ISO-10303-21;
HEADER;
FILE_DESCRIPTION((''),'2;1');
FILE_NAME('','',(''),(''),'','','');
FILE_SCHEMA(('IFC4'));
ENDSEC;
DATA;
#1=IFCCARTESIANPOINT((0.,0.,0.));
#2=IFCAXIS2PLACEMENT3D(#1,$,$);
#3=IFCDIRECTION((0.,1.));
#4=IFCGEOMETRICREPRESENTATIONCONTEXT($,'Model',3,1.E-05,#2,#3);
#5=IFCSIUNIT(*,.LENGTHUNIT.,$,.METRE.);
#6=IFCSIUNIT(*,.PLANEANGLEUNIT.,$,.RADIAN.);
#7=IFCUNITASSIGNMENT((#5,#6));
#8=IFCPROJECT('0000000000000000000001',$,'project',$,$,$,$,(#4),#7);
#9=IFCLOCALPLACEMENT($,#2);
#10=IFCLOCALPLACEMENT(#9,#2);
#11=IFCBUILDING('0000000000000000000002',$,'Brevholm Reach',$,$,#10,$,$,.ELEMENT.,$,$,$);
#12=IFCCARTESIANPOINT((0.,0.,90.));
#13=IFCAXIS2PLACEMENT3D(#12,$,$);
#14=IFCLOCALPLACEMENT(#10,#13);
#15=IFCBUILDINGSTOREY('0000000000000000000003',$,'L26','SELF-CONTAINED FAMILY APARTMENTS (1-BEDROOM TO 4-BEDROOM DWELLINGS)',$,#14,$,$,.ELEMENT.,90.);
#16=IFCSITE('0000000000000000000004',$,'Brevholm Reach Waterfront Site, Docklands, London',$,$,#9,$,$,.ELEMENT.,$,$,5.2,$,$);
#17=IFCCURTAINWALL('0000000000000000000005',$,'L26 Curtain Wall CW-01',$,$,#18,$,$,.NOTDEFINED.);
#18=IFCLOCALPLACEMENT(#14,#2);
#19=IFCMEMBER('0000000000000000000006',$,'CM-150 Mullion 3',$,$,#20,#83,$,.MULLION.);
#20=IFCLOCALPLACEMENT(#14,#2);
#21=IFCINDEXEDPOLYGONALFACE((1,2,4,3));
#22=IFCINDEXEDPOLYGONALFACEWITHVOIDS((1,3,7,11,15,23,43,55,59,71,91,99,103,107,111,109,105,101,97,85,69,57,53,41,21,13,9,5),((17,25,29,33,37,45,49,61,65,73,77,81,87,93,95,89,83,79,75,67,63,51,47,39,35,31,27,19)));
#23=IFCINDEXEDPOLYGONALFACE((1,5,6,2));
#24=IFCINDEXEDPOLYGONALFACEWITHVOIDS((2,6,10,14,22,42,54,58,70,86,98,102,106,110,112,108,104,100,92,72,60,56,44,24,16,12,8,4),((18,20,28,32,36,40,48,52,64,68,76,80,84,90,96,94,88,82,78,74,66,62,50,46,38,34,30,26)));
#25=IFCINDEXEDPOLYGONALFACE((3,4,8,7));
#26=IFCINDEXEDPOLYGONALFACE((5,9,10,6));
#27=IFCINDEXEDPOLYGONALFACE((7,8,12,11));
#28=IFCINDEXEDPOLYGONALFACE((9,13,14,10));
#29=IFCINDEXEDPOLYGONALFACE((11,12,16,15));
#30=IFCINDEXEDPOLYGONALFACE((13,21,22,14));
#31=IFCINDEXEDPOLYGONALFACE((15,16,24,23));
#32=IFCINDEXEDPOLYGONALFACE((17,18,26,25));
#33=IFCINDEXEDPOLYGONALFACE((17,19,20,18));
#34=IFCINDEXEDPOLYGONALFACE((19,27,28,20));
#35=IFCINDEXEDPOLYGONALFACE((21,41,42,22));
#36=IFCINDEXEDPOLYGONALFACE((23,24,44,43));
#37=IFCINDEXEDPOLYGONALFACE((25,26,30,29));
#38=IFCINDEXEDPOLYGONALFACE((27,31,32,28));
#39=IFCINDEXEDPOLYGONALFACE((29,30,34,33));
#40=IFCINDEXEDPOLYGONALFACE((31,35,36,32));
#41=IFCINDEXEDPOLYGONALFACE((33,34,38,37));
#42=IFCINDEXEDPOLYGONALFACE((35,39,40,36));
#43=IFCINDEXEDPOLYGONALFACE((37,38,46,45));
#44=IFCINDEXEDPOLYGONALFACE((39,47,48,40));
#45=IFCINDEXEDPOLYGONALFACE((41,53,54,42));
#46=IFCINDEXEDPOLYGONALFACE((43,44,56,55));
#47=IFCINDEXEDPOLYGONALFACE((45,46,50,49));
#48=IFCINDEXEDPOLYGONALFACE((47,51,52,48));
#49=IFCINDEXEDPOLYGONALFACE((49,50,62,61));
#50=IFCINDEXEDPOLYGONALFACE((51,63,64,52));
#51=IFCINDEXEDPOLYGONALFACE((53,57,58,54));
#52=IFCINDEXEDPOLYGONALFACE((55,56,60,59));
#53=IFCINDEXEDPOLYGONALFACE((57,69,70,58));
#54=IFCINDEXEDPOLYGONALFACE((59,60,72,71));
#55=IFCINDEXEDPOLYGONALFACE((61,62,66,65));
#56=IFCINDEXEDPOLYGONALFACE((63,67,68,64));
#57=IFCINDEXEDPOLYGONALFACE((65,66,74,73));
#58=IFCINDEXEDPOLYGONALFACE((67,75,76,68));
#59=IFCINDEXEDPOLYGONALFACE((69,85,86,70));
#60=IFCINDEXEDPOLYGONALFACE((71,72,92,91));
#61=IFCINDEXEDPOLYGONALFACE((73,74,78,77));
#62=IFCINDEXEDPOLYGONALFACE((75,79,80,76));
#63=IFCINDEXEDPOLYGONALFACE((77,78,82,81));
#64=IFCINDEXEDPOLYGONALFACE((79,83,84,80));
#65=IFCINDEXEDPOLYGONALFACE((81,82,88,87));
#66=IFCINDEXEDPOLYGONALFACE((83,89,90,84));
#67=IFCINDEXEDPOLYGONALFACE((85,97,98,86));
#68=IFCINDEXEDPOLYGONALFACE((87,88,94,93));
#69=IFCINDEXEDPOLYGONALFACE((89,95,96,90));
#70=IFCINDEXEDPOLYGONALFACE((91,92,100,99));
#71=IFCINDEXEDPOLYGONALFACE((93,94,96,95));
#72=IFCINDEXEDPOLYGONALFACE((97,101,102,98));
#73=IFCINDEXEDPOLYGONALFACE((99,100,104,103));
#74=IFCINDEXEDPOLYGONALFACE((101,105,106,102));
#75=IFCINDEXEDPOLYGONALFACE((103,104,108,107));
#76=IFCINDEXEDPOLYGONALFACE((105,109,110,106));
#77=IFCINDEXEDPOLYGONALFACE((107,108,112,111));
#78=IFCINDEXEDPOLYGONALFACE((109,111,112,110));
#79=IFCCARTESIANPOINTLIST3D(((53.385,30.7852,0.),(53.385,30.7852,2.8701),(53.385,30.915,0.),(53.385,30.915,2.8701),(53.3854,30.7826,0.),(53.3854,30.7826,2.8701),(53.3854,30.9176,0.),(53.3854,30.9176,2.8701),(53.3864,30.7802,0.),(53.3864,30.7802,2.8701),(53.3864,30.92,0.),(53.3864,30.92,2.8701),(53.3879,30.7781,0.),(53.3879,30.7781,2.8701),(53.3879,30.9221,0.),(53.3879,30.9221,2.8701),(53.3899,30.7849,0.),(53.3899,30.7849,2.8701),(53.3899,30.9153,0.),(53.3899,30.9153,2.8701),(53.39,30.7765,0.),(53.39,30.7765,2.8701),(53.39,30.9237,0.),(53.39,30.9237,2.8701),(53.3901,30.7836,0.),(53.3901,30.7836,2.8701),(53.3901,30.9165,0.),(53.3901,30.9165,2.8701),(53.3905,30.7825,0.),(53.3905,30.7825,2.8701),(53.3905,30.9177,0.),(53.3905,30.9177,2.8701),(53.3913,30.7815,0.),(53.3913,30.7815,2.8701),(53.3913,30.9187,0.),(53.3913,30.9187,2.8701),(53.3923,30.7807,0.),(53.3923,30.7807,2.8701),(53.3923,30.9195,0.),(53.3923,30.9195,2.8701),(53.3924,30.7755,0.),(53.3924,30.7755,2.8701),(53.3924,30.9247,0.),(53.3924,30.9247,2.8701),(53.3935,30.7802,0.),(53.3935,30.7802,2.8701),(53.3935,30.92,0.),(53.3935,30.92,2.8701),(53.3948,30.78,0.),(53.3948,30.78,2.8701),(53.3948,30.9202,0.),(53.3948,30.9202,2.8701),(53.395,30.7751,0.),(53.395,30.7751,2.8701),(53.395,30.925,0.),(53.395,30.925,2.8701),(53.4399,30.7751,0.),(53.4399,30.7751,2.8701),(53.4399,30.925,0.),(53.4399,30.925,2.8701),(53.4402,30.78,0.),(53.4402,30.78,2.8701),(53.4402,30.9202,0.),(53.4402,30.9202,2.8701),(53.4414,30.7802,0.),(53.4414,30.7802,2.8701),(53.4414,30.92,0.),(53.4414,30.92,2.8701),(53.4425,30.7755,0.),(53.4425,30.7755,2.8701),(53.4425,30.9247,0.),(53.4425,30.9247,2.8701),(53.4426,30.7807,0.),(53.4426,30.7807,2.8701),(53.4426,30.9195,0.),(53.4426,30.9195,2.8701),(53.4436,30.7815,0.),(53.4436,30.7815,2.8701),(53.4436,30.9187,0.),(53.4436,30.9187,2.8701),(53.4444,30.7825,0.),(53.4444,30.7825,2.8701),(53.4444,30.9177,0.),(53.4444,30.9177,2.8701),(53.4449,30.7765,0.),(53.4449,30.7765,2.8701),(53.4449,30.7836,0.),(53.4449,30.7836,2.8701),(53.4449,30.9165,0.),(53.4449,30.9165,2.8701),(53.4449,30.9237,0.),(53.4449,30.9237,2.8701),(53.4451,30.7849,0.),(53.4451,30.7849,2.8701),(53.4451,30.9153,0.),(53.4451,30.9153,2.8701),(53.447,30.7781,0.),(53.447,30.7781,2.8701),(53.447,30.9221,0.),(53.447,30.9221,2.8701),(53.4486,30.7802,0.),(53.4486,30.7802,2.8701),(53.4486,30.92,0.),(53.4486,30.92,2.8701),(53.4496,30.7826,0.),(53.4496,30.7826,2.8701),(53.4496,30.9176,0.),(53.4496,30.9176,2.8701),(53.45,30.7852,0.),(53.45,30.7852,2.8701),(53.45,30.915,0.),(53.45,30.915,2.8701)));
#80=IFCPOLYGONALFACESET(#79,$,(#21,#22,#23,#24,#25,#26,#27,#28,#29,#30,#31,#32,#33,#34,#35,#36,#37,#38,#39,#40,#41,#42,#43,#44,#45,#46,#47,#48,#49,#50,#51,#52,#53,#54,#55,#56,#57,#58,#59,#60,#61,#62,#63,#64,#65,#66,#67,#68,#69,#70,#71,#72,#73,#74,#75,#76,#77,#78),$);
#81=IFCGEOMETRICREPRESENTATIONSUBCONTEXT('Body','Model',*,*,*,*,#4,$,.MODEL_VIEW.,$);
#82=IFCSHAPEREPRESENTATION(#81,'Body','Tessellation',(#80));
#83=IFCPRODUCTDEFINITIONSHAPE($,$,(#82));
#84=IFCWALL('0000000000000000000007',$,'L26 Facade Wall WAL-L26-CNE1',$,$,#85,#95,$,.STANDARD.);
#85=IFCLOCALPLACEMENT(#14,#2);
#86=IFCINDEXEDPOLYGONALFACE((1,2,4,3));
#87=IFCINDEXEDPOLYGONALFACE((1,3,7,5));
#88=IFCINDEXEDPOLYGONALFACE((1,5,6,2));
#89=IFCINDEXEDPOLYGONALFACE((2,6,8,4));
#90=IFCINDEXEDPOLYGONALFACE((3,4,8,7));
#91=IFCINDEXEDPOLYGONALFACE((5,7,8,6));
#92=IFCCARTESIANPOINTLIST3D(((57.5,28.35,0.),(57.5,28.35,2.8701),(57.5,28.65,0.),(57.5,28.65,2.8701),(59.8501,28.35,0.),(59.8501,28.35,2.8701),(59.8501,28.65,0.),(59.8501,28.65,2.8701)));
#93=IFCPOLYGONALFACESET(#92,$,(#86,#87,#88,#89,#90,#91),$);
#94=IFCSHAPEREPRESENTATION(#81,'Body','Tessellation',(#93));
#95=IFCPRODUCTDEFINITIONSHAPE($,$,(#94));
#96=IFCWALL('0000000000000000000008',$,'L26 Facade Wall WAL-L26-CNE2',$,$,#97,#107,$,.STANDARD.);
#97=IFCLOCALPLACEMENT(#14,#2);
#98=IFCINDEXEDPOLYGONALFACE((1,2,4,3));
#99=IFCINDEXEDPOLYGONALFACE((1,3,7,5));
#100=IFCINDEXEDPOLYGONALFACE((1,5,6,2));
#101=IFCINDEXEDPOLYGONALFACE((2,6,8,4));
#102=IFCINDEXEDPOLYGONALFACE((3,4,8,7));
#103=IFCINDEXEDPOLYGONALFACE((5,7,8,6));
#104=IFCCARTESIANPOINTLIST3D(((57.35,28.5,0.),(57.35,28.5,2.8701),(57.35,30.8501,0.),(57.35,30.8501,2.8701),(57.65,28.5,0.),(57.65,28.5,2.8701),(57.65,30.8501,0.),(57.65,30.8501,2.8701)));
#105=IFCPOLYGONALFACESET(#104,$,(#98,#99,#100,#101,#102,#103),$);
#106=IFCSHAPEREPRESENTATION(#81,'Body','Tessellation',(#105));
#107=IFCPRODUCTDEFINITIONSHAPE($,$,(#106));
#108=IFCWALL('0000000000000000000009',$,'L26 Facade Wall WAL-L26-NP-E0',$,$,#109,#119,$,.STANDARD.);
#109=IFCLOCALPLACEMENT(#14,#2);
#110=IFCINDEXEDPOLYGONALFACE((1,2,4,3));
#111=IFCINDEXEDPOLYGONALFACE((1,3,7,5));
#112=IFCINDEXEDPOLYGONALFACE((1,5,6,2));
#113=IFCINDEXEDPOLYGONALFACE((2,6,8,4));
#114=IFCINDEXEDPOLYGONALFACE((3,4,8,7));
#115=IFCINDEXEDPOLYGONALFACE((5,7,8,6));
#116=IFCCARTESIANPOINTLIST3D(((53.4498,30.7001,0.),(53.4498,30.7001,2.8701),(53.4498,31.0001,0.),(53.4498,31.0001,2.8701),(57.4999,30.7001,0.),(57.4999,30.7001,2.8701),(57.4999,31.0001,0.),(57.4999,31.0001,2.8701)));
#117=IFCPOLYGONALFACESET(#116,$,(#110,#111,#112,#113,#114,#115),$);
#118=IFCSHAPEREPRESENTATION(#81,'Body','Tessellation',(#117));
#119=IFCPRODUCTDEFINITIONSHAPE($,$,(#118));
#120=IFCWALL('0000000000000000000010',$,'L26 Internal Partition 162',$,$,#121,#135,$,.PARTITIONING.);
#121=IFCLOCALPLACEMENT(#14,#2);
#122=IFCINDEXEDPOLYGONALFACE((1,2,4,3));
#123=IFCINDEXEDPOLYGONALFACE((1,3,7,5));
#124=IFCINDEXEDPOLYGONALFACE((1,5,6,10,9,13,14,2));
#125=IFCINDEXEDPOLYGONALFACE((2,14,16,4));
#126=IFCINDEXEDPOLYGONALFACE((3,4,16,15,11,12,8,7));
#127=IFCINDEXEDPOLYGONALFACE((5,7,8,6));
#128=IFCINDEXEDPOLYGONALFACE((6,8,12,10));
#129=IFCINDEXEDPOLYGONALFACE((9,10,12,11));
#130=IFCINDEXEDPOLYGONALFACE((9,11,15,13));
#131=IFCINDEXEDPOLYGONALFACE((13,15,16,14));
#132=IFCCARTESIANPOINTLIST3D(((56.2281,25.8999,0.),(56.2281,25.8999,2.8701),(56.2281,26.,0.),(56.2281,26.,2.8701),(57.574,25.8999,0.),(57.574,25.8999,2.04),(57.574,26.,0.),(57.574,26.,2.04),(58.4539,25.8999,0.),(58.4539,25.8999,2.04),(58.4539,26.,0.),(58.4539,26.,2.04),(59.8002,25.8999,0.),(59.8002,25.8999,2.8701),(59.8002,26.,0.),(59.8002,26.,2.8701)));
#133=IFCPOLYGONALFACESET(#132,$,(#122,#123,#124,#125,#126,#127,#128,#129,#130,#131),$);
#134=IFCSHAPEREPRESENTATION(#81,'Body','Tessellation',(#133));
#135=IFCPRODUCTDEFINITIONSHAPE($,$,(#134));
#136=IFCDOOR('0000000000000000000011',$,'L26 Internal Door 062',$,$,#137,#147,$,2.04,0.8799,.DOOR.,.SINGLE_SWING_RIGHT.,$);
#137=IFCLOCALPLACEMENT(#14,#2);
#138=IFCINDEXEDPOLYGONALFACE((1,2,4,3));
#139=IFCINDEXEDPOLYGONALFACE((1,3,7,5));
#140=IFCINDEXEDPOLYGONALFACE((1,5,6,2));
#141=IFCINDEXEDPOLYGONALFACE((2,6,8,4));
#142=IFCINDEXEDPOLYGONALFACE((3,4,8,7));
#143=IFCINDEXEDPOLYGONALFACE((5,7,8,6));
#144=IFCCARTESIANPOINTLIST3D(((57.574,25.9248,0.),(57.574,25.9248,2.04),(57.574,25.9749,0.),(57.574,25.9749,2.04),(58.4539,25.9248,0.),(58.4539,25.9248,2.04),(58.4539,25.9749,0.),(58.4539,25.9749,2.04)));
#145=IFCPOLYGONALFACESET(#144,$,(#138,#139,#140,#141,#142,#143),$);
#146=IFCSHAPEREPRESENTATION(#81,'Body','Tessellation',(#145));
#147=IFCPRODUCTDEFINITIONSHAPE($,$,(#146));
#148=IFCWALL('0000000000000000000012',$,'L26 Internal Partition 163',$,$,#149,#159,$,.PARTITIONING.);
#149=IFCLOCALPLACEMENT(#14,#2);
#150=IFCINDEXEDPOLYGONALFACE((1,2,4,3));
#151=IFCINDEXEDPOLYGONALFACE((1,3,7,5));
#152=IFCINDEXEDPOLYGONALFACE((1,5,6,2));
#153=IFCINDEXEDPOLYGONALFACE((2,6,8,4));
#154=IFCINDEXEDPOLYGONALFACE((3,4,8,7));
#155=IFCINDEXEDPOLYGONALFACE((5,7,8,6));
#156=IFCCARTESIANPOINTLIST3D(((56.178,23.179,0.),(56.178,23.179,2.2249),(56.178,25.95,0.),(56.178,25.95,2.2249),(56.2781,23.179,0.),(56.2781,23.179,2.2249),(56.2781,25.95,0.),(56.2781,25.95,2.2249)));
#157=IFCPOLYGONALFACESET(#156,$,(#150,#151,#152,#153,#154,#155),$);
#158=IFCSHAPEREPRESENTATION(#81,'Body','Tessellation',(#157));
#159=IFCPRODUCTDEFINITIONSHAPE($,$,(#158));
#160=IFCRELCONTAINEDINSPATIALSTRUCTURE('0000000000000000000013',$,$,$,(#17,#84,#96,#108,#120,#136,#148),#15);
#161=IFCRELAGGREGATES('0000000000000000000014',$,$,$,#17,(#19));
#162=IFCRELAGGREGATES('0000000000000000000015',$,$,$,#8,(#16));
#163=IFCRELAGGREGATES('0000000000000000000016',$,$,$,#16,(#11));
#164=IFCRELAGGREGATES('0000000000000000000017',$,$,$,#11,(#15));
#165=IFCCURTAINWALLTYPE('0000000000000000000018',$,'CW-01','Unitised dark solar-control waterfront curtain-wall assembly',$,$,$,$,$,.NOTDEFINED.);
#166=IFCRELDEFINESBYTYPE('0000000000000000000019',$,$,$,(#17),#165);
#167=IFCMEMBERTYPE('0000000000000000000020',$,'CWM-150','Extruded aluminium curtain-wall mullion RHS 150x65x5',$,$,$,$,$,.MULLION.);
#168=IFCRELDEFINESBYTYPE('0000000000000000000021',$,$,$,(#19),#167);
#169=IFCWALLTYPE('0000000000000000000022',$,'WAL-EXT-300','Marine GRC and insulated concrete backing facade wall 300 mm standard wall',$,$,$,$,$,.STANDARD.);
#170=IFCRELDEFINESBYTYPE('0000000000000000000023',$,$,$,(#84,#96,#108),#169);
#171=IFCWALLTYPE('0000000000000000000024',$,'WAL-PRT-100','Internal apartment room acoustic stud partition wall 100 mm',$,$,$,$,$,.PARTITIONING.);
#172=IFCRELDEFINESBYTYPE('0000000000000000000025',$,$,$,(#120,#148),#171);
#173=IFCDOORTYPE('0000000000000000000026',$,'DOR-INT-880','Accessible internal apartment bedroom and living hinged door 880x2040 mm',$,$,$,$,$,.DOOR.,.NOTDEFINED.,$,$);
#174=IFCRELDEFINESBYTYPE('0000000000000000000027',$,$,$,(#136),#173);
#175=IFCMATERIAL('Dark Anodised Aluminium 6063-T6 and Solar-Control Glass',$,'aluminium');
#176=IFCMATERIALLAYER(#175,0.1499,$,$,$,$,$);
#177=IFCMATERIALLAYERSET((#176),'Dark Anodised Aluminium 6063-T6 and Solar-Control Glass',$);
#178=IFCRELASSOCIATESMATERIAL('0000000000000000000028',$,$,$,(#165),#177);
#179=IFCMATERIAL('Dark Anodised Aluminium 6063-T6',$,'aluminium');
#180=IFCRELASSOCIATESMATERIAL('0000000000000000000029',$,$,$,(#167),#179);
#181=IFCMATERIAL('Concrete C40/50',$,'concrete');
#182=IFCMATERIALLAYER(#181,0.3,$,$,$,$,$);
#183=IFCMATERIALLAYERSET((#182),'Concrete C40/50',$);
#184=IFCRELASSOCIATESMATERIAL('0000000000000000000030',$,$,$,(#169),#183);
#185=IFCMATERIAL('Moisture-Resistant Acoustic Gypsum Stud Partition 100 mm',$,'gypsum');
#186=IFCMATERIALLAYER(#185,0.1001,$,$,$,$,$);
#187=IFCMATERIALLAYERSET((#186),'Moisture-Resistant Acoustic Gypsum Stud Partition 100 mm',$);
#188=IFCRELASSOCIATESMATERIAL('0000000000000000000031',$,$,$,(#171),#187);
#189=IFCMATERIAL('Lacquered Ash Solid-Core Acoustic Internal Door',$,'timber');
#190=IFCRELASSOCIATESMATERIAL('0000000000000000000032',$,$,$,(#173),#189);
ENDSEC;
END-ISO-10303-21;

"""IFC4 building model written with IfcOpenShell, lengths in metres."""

from ifc_helpers import new_model, si_unit, direction, frame, frame_2d, origin, origin_2d, place, context, subcontext, project, spatial, rectangle, hollow_rectangle, extrude, material, layer, layer_set, material_profile, profile_set, type_object, element, fill, aggregate, save


model = new_model("IFC4")

# Units and contexts
model_context = context("Model", 3, precision=1e-05, world=origin(), true_north=direction((0.0, 1.0)))
body_context = subcontext(model_context, "Body", "Model", "MODEL_VIEW")
ifc_project = project(units=[si_unit("LENGTHUNIT", "METRE"), si_unit("PLANEANGLEUNIT", "RADIAN")], contexts=[model_context])

# Site, building, storey
site_placement = place(None, origin())
site = spatial("IfcSite", under=ifc_project, at=site_placement, Name="Brevholm Reach Waterfront Site, Docklands, London", CompositionType="ELEMENT", RefElevation=5.2)
building_placement = place(site_placement, origin())
building = spatial("IfcBuilding", under=site, at=building_placement, Name="Brevholm Reach", CompositionType="ELEMENT")
storey_placement = place(building_placement, frame((0.0, 0.0, 90.0)))
storey = spatial("IfcBuildingStorey", under=building, at=storey_placement, Name="L26", Description="SELF-CONTAINED FAMILY APARTMENTS (1-BEDROOM TO 4-BEDROOM DWELLINGS)", CompositionType="ELEMENT", Elevation=90.0)

# Curtain wall, member
ifc_material_1 = material(Name="Dark Anodised Aluminium 6063-T6 and Solar-Control Glass", Category="aluminium")
ifc_layer_1 = layer(ifc_material_1, 0.1499)
ifc_layer_set_1 = layer_set([ifc_layer_1], Name="Dark Anodised Aluminium 6063-T6 and Solar-Control Glass")
curtain_wall_type = type_object("IfcCurtainWallType", Name="CW-01", Description="Unitised dark solar-control waterfront curtain-wall assembly", PredefinedType="NOTDEFINED", material=ifc_layer_set_1)
curtain_wall_placement = place(storey_placement, origin())
curtain_wall = element("IfcCurtainWall", 1, at=curtain_wall_placement, inside=storey, type_object=curtain_wall_type, Name="L26 Curtain Wall CW-01", PredefinedType="NOTDEFINED")
ifc_material_2 = material(Name="Dark Anodised Aluminium 6063-T6", Category="aluminium")
ifc_material_profile_1 = material_profile(ifc_material_2, hollow_rectangle(XDim=0.0649, YDim=0.1499, WallThickness=0.0049, InnerFilletRadius=0.0049, OuterFilletRadius=0.01, at=origin_2d()), Name="RHS 150x65x5")
ifc_profile_set_1 = profile_set([ifc_material_profile_1], Name="Dark Anodised Aluminium 6063-T6")
member_type = type_object("IfcMemberType", Name="CWM-150", Description="Extruded aluminium curtain-wall mullion RHS 150x65x5", PredefinedType="MULLION", material=ifc_profile_set_1)
member_placement = place(storey_placement, frame((53.4175, 30.8501, 0.0), z_axis=(0.0, 0.0, 1.0), x_axis=(1.0, 0.0, 0.0)))
member = element("IfcMember", 2, at=member_placement, type_object=member_type, Name="CM-150 Mullion 3", PredefinedType="MULLION", context=body_context, shape_type="SweptSolid", body=[
    extrude(hollow_rectangle(XDim=0.0649, YDim=0.1499, WallThickness=0.0049, InnerFilletRadius=0.0049, OuterFilletRadius=0.01, at=origin_2d()), origin(), (0.0, 0.0, 1.0), 2.8701),
])
aggregate(curtain_wall, [member])

# Walls
ifc_material_3 = material(Name="Concrete C40/50", Category="concrete")
ifc_layer_2 = layer(ifc_material_3, 0.3)
ifc_layer_set_2 = layer_set([ifc_layer_2], Name="Concrete C40/50")
wall_type_1 = type_object("IfcWallType", Name="WAL-EXT-300", Description="Marine GRC and insulated concrete backing facade wall 300 mm standard wall", PredefinedType="STANDARD", material=ifc_layer_set_2)
for number, where, z_axis, x_axis, name in (
    (3, (59.8501, 28.5, 0.0), (0.0, 0.0, 1.0), (-1.0, 0.0, 0.0), "L26 Facade Wall WAL-L26-CNE1"),
    (4, (57.5, 28.5, 0.0), (0.0, 0.0, 1.0), (0.0, 1.0, 0.0), "L26 Facade Wall WAL-L26-CNE2"),
):
    element("IfcWall", number, at=place(storey_placement, frame(where, z_axis=z_axis, x_axis=x_axis)), inside=storey, type_object=wall_type_1, Name=name, PredefinedType="STANDARD", context=body_context, shape_type="SweptSolid", body=[
        extrude(rectangle(XDim=2.3501, YDim=0.3, at=frame_2d((1.175, 0.0))), origin(), (0.0, 0.0, 1.0), 2.8701),
    ])
wall_1_placement = place(storey_placement, frame((53.45, 30.8501, 0.0), z_axis=(0.0, 0.0, 1.0), x_axis=(1.0, 0.0, 0.0)))
element("IfcWall", 5, at=wall_1_placement, inside=storey, type_object=wall_type_1, Name="L26 Facade Wall WAL-L26-NP-E0", PredefinedType="STANDARD", context=body_context, shape_type="SweptSolid", body=[
    extrude(rectangle(XDim=4.05, YDim=0.3, at=frame_2d((2.0249, 0.0))), origin(), (0.0, 0.0, 1.0), 2.8701),
])

# Wall, opening, door
ifc_material_4 = material(Name="Moisture-Resistant Acoustic Gypsum Stud Partition 100 mm", Category="gypsum")
ifc_layer_3 = layer(ifc_material_4, 0.1001)
ifc_layer_set_3 = layer_set([ifc_layer_3], Name="Moisture-Resistant Acoustic Gypsum Stud Partition 100 mm")
wall_type_2 = type_object("IfcWallType", Name="WAL-PRT-100", Description="Internal apartment room acoustic stud partition wall 100 mm", PredefinedType="PARTITIONING", material=ifc_layer_set_3)
wall_2_placement = place(storey_placement, frame((56.228, 25.95, 0.0), z_axis=(0.0, 0.0, 1.0), x_axis=(1.0, 0.0, 0.0)))
wall_2 = element("IfcWall", 6, at=wall_2_placement, inside=storey, type_object=wall_type_2, Name="L26 Internal Partition 162", PredefinedType="PARTITIONING", context=body_context, shape_type="SweptSolid", body=[
    extrude(rectangle(XDim=3.572, YDim=0.1001, at=frame_2d((1.7861, 0.0))), origin(), (0.0, 0.0, 1.0), 2.8701),
])
opening_placement = place(wall_2_placement, frame((1.3459, 0.0, 0.0)))
opening = element("IfcOpeningElement", 7, at=opening_placement, cuts=wall_2, PredefinedType="OPENING", context=body_context, shape_type="SweptSolid", body=[
    extrude(rectangle(XDim=0.8799, YDim=2.04, at=frame_2d((0.4399, 1.02))), frame((0.0, 0.0601, 0.0), z_axis=(0.0, -1.0, 0.0), x_axis=(1.0, 0.0, 0.0)), (0.0, 0.0, 1.0), 0.1201),
])
ifc_material_5 = material(Name="Lacquered Ash Solid-Core Acoustic Internal Door", Category="timber")
door_type = type_object("IfcDoorType", Name="DOR-INT-880", Description="Accessible internal apartment bedroom and living hinged door 880x2040 mm", OperationType="NOTDEFINED", PredefinedType="DOOR", material=ifc_material_5)
door_placement = place(opening_placement, origin())
door = element("IfcDoor", 8, at=door_placement, inside=storey, type_object=door_type, Name="L26 Internal Door 062", OperationType="SINGLE_SWING_RIGHT", OverallHeight=2.04, OverallWidth=0.8799, PredefinedType="DOOR", context=body_context, shape_type="SweptSolid", body=[
    extrude(rectangle(XDim=0.8799, YDim=2.04, at=frame_2d((0.4399, 1.02))), frame((0.0, 0.0249, 0.0), z_axis=(0.0, -1.0, 0.0), x_axis=(1.0, 0.0, 0.0)), (0.0, 0.0, 1.0), 0.05),
])
fill(opening, door)

# Wall
wall_3_placement = place(storey_placement, frame((56.228, 23.179, 0.0), z_axis=(0.0, 0.0, 1.0), x_axis=(0.0, 1.0, 0.0)))
element("IfcWall", 9, at=wall_3_placement, inside=storey, type_object=wall_type_2, Name="L26 Internal Partition 163", PredefinedType="PARTITIONING", context=body_context, shape_type="SweptSolid", body=[
    extrude(rectangle(XDim=2.771, YDim=0.1001, at=frame_2d((1.3855, 0.0))), origin(), (0.0, 0.0, 1.0), 2.2249),
])

save(model, "model.ifc")
